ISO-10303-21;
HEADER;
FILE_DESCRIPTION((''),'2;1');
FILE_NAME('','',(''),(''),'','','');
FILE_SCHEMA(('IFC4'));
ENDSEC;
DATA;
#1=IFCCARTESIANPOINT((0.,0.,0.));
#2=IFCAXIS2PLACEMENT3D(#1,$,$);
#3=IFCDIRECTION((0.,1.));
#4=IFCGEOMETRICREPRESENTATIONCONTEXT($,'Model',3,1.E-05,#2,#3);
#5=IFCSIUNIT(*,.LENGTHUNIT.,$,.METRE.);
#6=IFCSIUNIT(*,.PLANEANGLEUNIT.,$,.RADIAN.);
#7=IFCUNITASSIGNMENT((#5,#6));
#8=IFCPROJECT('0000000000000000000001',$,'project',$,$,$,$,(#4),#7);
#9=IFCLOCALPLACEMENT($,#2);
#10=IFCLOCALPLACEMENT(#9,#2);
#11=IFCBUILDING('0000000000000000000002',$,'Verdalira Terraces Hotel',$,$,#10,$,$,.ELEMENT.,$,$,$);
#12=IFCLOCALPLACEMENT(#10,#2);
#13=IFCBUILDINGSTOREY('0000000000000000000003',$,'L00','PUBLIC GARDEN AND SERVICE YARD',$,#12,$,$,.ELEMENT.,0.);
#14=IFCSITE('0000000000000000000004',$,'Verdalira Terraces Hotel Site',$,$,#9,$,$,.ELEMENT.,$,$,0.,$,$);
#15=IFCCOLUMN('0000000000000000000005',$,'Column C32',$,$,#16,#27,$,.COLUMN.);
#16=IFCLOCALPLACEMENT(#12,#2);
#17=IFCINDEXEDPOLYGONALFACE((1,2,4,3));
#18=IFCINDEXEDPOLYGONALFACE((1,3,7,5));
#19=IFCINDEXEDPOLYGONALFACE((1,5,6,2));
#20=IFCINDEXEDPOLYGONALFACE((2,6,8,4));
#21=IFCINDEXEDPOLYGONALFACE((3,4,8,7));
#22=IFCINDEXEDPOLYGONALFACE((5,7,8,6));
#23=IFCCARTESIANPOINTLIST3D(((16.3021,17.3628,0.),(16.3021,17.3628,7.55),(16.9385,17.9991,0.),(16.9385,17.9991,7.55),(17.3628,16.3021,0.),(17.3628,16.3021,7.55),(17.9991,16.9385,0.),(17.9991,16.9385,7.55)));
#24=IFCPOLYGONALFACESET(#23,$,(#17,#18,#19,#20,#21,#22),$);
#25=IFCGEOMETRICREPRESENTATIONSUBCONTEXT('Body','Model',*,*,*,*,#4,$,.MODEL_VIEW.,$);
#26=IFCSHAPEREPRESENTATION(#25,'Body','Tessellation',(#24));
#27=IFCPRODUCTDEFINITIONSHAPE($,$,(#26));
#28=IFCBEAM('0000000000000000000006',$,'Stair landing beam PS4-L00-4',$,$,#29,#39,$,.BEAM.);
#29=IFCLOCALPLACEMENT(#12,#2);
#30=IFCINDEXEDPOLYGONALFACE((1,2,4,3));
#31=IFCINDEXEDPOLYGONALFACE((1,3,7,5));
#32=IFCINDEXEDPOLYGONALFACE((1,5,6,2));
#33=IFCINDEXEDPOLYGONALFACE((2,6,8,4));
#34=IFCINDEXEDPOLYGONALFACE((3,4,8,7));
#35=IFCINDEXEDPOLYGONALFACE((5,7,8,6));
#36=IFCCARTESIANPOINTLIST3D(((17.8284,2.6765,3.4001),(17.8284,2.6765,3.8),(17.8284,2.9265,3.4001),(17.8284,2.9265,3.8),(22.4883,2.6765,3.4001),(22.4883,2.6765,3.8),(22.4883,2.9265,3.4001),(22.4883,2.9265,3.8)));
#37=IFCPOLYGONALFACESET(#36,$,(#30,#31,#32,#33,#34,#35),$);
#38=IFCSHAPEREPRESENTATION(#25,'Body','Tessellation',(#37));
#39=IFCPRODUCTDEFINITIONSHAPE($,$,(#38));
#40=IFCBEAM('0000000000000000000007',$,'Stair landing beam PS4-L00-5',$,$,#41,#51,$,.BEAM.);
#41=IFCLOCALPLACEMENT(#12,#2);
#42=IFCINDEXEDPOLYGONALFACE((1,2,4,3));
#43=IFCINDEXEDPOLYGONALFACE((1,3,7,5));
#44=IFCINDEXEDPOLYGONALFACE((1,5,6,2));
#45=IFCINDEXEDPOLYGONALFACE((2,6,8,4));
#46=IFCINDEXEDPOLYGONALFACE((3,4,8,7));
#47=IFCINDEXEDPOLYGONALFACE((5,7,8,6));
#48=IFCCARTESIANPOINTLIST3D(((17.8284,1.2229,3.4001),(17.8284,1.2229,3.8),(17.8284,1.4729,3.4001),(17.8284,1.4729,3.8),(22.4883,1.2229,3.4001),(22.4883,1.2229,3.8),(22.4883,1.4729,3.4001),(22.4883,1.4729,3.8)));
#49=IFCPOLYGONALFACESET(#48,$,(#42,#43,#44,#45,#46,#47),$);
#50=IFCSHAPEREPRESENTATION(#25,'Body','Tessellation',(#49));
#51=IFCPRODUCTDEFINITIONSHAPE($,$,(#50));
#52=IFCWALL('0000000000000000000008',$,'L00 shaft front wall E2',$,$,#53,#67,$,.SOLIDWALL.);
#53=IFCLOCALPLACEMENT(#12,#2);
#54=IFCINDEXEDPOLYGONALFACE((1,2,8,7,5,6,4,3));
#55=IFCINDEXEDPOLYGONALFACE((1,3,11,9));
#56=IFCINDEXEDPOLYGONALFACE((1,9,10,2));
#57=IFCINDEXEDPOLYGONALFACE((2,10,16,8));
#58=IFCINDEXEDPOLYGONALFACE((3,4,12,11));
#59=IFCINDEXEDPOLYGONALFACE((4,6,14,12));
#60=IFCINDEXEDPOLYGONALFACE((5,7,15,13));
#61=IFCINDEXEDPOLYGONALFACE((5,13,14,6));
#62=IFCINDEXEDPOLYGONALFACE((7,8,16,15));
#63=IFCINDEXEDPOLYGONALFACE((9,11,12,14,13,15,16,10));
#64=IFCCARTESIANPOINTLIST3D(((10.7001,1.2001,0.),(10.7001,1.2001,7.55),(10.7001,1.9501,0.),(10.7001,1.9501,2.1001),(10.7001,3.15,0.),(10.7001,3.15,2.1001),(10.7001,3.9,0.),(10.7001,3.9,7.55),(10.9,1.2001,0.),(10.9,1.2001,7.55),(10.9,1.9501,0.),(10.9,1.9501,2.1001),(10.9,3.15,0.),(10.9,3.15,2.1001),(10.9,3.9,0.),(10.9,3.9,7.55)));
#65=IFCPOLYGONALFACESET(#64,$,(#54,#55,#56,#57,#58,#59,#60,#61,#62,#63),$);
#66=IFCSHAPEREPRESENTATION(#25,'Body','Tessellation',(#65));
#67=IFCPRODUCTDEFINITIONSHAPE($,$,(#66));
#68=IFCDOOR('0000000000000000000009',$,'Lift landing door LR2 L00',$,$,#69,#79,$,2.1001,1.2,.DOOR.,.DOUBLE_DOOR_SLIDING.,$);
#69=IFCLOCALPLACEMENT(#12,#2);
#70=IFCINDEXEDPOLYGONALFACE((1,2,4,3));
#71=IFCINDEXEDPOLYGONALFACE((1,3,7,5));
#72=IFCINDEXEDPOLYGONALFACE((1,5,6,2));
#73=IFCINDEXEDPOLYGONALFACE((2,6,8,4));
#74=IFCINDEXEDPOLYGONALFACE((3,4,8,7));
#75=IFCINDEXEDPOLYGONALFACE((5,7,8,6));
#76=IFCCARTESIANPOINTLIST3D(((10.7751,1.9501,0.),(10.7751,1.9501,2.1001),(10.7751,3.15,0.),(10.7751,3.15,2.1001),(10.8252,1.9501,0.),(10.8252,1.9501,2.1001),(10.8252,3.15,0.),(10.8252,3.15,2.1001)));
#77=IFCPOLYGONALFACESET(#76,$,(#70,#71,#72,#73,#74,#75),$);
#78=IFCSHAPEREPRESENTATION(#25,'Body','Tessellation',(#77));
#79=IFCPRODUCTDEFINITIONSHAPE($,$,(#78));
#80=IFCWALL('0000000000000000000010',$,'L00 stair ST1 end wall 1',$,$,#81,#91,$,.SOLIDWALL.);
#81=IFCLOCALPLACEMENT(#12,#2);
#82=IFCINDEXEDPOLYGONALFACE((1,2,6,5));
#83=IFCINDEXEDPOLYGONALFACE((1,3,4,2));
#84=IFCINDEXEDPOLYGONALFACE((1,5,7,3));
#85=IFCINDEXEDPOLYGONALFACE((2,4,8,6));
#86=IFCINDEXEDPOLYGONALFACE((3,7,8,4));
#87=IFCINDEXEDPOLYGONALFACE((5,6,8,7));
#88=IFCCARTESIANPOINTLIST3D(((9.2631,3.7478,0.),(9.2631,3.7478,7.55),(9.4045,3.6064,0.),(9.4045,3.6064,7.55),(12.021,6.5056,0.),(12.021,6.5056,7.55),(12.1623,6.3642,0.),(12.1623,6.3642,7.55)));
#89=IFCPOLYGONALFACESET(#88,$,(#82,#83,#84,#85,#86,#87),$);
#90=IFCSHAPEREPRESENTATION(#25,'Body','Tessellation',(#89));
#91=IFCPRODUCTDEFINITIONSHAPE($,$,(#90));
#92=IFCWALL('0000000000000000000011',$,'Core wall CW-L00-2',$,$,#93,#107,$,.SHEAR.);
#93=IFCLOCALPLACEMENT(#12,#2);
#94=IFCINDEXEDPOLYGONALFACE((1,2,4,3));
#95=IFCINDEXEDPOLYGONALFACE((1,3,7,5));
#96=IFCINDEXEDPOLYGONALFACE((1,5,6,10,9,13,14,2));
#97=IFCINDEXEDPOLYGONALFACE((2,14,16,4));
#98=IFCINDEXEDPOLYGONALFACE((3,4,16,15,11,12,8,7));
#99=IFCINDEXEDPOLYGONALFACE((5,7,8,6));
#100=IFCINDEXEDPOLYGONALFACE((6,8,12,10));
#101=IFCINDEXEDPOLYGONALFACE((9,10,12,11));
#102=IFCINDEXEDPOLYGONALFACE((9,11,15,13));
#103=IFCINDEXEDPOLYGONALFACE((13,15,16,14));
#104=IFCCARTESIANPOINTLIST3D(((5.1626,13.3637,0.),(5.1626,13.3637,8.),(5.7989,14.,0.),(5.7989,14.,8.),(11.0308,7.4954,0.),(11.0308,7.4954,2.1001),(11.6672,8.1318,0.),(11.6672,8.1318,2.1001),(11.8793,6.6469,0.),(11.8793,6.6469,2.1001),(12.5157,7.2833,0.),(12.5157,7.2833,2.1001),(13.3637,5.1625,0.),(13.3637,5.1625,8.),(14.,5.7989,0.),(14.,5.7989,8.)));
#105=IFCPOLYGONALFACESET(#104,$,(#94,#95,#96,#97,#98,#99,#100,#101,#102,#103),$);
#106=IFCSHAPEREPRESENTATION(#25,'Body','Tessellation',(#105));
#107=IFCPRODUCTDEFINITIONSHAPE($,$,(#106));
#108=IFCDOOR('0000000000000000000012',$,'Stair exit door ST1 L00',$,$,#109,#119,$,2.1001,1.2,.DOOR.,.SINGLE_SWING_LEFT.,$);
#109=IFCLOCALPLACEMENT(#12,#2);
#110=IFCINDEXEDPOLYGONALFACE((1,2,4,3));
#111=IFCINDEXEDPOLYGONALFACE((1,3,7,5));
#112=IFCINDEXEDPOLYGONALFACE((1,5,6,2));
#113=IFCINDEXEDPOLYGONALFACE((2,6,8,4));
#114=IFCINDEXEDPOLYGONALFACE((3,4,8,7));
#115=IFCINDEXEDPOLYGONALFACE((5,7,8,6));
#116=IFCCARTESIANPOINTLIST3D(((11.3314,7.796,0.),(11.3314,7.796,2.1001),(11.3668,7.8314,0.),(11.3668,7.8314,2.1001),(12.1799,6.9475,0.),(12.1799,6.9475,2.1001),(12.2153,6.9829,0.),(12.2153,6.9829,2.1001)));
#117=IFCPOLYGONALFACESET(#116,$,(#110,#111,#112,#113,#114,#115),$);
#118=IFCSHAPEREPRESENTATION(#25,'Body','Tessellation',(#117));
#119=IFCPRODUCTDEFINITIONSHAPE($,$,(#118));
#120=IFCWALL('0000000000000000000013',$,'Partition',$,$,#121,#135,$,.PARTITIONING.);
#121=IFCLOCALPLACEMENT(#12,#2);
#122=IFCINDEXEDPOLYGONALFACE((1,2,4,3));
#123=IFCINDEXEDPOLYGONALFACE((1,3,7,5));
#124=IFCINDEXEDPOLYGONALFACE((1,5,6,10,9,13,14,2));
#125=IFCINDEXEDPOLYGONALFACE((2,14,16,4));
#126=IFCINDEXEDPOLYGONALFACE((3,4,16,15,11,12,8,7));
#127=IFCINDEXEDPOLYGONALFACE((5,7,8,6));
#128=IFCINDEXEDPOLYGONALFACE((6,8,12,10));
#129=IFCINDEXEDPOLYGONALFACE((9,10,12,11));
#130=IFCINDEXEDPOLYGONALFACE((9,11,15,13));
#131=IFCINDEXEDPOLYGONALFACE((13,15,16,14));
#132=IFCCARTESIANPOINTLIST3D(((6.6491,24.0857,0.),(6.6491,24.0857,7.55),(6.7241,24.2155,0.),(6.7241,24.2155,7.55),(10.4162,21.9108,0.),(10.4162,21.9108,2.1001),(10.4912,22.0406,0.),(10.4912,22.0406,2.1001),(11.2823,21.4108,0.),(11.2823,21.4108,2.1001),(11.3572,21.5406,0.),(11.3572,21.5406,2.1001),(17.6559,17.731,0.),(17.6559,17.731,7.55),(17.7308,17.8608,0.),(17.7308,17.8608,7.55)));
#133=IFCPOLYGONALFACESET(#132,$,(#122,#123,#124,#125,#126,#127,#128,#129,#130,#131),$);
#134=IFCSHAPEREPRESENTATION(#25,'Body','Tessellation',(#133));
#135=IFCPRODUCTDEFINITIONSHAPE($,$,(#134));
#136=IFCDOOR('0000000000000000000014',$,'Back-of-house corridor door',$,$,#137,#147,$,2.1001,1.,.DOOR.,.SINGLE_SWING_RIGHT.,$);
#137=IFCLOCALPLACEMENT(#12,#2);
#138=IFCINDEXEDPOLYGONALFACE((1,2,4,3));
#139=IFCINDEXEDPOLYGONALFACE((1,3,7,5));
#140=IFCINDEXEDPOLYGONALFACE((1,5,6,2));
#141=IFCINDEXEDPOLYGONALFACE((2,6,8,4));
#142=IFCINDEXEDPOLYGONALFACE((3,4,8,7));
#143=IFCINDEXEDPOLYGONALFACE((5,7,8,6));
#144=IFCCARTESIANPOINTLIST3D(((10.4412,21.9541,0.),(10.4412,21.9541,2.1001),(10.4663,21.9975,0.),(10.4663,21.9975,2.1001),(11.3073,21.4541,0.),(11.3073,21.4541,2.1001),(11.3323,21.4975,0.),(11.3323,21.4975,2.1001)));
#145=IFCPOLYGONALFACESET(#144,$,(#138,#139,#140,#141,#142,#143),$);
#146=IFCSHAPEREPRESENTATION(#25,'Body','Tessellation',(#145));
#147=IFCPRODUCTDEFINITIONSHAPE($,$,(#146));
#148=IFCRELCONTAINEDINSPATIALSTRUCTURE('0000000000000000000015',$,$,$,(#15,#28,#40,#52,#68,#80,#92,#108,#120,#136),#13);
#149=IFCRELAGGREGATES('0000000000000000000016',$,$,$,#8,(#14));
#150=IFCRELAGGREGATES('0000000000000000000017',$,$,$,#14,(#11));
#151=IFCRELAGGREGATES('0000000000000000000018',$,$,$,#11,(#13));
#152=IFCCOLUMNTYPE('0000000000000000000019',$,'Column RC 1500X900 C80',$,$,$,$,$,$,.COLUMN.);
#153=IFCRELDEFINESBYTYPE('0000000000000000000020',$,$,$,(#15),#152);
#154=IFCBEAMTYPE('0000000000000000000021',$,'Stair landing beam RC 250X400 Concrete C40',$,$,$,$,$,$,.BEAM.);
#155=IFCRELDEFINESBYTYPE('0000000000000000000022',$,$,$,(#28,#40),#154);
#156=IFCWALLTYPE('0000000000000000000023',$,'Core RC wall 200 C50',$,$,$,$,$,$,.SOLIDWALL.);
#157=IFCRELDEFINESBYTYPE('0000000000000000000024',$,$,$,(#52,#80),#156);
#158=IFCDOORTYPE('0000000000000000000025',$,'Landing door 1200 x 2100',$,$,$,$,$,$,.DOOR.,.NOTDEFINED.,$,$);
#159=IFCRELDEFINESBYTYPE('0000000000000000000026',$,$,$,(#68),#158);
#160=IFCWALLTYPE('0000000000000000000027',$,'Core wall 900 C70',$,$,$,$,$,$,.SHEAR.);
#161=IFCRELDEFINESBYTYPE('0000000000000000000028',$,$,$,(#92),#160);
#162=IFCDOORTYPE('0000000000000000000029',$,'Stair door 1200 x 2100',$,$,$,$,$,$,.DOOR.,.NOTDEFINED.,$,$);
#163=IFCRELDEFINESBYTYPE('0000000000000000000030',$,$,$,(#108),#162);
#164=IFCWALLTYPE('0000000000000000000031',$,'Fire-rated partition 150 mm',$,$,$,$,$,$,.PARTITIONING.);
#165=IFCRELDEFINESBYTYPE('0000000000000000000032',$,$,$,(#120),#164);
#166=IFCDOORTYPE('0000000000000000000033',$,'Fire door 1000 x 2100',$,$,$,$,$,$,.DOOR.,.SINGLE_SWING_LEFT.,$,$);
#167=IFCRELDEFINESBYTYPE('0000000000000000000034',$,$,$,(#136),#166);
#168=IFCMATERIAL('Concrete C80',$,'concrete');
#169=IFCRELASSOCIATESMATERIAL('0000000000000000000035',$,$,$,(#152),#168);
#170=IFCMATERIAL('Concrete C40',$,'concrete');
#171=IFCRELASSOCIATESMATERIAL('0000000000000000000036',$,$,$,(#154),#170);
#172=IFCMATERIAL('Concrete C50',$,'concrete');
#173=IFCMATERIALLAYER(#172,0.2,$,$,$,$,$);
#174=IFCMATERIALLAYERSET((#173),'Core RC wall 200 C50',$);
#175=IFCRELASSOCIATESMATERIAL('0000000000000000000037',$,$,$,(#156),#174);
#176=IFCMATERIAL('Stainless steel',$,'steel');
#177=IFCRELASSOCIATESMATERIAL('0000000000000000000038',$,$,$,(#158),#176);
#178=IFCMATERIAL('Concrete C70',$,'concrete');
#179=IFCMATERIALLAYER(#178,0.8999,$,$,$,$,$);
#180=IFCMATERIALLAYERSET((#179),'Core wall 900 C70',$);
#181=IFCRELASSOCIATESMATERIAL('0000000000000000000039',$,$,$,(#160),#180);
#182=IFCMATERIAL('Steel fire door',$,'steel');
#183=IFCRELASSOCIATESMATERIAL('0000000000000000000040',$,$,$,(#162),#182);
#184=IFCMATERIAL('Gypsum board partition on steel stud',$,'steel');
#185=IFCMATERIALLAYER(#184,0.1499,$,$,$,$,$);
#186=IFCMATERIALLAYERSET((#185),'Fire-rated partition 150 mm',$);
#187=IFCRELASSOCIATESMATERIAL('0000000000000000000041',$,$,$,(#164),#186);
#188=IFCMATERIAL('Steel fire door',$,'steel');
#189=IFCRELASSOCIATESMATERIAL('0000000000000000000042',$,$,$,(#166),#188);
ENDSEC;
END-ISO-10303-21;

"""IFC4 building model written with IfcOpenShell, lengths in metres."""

from ifc_helpers import new_model, si_unit, direction, frame, frame_2d, origin, origin_2d, place, context, subcontext, project, spatial, rectangle, extrude, material, layer, layer_set, material_profile, profile_set, type_object, element, fill, save


model = new_model("IFC4")

# Units and contexts
model_context = context("Model", 3, precision=1e-05, world=origin(), true_north=direction((0.0, 1.0)))
body_context = subcontext(model_context, "Body", "Model", "MODEL_VIEW")
ifc_project = project(units=[si_unit("LENGTHUNIT", "METRE"), si_unit("PLANEANGLEUNIT", "RADIAN")], contexts=[model_context])

# Site, building, storey
site_placement = place(None, origin())
site = spatial("IfcSite", under=ifc_project, at=site_placement, Name="Verdalira Terraces Hotel Site", CompositionType="ELEMENT", RefElevation=0.0)
building_placement = place(site_placement, origin())
building = spatial("IfcBuilding", under=site, at=building_placement, Name="Verdalira Terraces Hotel", CompositionType="ELEMENT")
storey_placement = place(building_placement, origin())
storey = spatial("IfcBuildingStorey", under=building, at=storey_placement, Name="L00", Description="PUBLIC GARDEN AND SERVICE YARD", CompositionType="ELEMENT", Elevation=0.0)

# Column
ifc_material_1 = material(Name="Concrete C80", Category="concrete")
ifc_material_profile_1 = material_profile(ifc_material_1, rectangle(XDim=1.5, YDim=0.8999, at=origin_2d()), Name="RC 1500X900")
ifc_profile_set_1 = profile_set([ifc_material_profile_1], Name="Concrete C80")
column_type = type_object("IfcColumnType", Name="Column RC 1500X900 C80", PredefinedType="COLUMN", material=ifc_profile_set_1)
column_placement = place(storey_placement, frame((17.1506, 17.1506, 0.0), z_axis=(0.0, 0.0, 1.0), x_axis=(0.707107, -0.707107, 0.0)))
element("IfcColumn", 1, at=column_placement, inside=storey, type_object=column_type, Name="Column C32", PredefinedType="COLUMN", context=body_context, shape_type="SweptSolid", body=[
    extrude(rectangle(XDim=1.5, YDim=0.8999, at=origin_2d()), origin(), (0.0, 0.0, 1.0), 7.55),
])

# Beams
ifc_material_2 = material(Name="Concrete C40", Category="concrete")
ifc_material_profile_2 = material_profile(ifc_material_2, rectangle(XDim=0.25, YDim=0.3999, at=origin_2d()), Name="RC 250X400")
ifc_profile_set_2 = profile_set([ifc_material_profile_2], Name="Concrete C40")
beam_type = type_object("IfcBeamType", Name="Stair landing beam RC 250X400 Concrete C40", PredefinedType="BEAM", material=ifc_profile_set_2)
for number, where, z_axis, x_axis, name in (
    (2, (17.8284, 2.8015, 3.6001), (1.0, 0.0, 0.0), (0.0, 1.0, 0.0), "Stair landing beam PS4-L00-4"),
    (3, (17.8284, 1.3479, 3.6001), (1.0, 0.0, 0.0), (0.0, 1.0, 0.0), "Stair landing beam PS4-L00-5"),
):
    element("IfcBeam", number, at=place(storey_placement, frame(where, z_axis=z_axis, x_axis=x_axis)), inside=storey, type_object=beam_type, Name=name, PredefinedType="BEAM", context=body_context, shape_type="SweptSolid", body=[
        extrude(rectangle(XDim=0.25, YDim=0.3999, at=origin_2d()), origin(), (0.0, 0.0, 1.0), 4.6599),
    ])

# Wall, opening, door
ifc_material_3 = material(Name="Concrete C50", Category="concrete")
ifc_layer_1 = layer(ifc_material_3, 0.2)
ifc_layer_set_1 = layer_set([ifc_layer_1], Name="Core RC wall 200 C50")
wall_type_1 = type_object("IfcWallType", Name="Core RC wall 200 C50", PredefinedType="SOLIDWALL", material=ifc_layer_set_1)
wall_1_placement = place(storey_placement, frame((10.8, 1.2, 0.0), z_axis=(0.0, 0.0, 1.0), x_axis=(0.0, 1.0, 0.0)))
wall_1 = element("IfcWall", 4, at=wall_1_placement, inside=storey, type_object=wall_type_1, Name="L00 shaft front wall E2", PredefinedType="SOLIDWALL", context=body_context, shape_type="SweptSolid", body=[
    extrude(rectangle(XDim=2.7, YDim=0.2, at=frame_2d((1.3501, 0.0))), origin(), (0.0, 0.0, 1.0), 7.55),
])
opening_1_placement = place(wall_1_placement, frame((0.75, 0.0, 0.0)))
opening_1 = element("IfcOpeningElement", 5, at=opening_1_placement, cuts=wall_1, PredefinedType="OPENING", context=body_context, shape_type="SweptSolid", body=[
    extrude(rectangle(XDim=1.2, YDim=2.1001, at=frame_2d((0.6001, 1.05))), frame((0.0, 0.1099, 0.0), z_axis=(0.0, -1.0, 0.0), x_axis=(1.0, 0.0, 0.0)), (0.0, 0.0, 1.0), 0.22),
])
ifc_material_4 = material(Name="Stainless steel", Category="steel")
door_type_1 = type_object("IfcDoorType", Name="Landing door 1200 x 2100", OperationType="NOTDEFINED", PredefinedType="DOOR", material=ifc_material_4)
door_1_placement = place(opening_1_placement, origin())
door_1 = element("IfcDoor", 6, at=door_1_placement, inside=storey, type_object=door_type_1, Name="Lift landing door LR2 L00", OperationType="DOUBLE_DOOR_SLIDING", OverallHeight=2.1001, OverallWidth=1.2, PredefinedType="DOOR", context=body_context, shape_type="SweptSolid", body=[
    extrude(rectangle(XDim=1.2, YDim=2.1001, at=frame_2d((0.6001, 1.05))), frame((0.0, 0.0249, 0.0), z_axis=(0.0, -1.0, 0.0), x_axis=(1.0, 0.0, 0.0)), (0.0, 0.0, 1.0), 0.05),
])
fill(opening_1, door_1)

# Wall
wall_2_placement = place(storey_placement, frame((9.3337, 3.677, 0.0), z_axis=(0.0, 0.0, 1.0), x_axis=(0.707107, 0.707107, 0.0)))
element("IfcWall", 7, at=wall_2_placement, inside=storey, type_object=wall_type_1, Name="L00 stair ST1 end wall 1", PredefinedType="SOLIDWALL", context=body_context, shape_type="SweptSolid", body=[
    extrude(rectangle(XDim=3.9001, YDim=0.2, at=frame_2d((1.9502, 0.0))), origin(), (0.0, 0.0, 1.0), 7.55),
])

# Walls, openings, doors
ifc_material_5 = material(Name="Concrete C70", Category="concrete")
ifc_layer_2 = layer(ifc_material_5, 0.8999)
ifc_layer_set_2 = layer_set([ifc_layer_2], Name="Core wall 900 C70")
wall_type_2 = type_object("IfcWallType", Name="Core wall 900 C70", PredefinedType="SHEAR", material=ifc_layer_set_2)
wall_3_placement = place(storey_placement, frame((13.6819, 5.4807, 0.0), z_axis=(0.0, 0.0, 1.0), x_axis=(-0.707107, 0.707107, 0.0)))
wall_3 = element("IfcWall", 8, at=wall_3_placement, inside=storey, type_object=wall_type_2, Name="Core wall CW-L00-2", PredefinedType="SHEAR", context=body_context, shape_type="SweptSolid", body=[
    extrude(rectangle(XDim=11.5981, YDim=0.8999, at=frame_2d((5.7991, 0.0))), origin(), (0.0, 0.0, 1.0), 8.0),
])
opening_2_placement = place(wall_3_placement, frame((2.0991, 0.0, 0.0)))
opening_2 = element("IfcOpeningElement", 9, at=opening_2_placement, cuts=wall_3, PredefinedType="OPENING", context=body_context, shape_type="SweptSolid", body=[
    extrude(rectangle(XDim=1.2, YDim=2.1001, at=frame_2d((0.6001, 1.05))), frame((0.0, 0.46, 0.0), z_axis=(0.0, -1.0, 0.0), x_axis=(1.0, 0.0, 0.0)), (0.0, 0.0, 1.0), 0.9199),
])
ifc_material_6 = material(Name="Steel fire door", Category="steel")
door_type_2 = type_object("IfcDoorType", Name="Stair door 1200 x 2100", OperationType="NOTDEFINED", PredefinedType="DOOR", material=ifc_material_6)
door_2_placement = place(opening_2_placement, origin())
door_2 = element("IfcDoor", 10, at=door_2_placement, inside=storey, type_object=door_type_2, Name="Stair exit door ST1 L00", OperationType="SINGLE_SWING_LEFT", OverallHeight=2.1001, OverallWidth=1.2, PredefinedType="DOOR", context=body_context, shape_type="SweptSolid", body=[
    extrude(rectangle(XDim=1.2, YDim=2.1001, at=frame_2d((0.6001, 1.05))), frame((0.0, 0.0249, 0.0), z_axis=(0.0, -1.0, 0.0), x_axis=(1.0, 0.0, 0.0)), (0.0, 0.0, 1.0), 0.05),
])
fill(opening_2, door_2)
ifc_material_7 = material(Name="Gypsum board partition on steel stud", Category="steel")
ifc_layer_3 = layer(ifc_material_7, 0.1499)
ifc_layer_set_3 = layer_set([ifc_layer_3], Name="Fire-rated partition 150 mm")
wall_type_3 = type_object("IfcWallType", Name="Fire-rated partition 150 mm", PredefinedType="PARTITIONING", material=ifc_layer_set_3)
wall_4_placement = place(storey_placement, frame((17.6934, 17.7959, 0.0), z_axis=(0.0, 0.0, 1.0), x_axis=(-0.866028, 0.499996, 0.0)))
wall_4 = element("IfcWall", 11, at=wall_4_placement, inside=storey, type_object=wall_type_3, Name="Partition", PredefinedType="PARTITIONING", context=body_context, shape_type="SweptSolid", body=[
    extrude(rectangle(XDim=12.7095, YDim=0.1499, at=frame_2d((6.3547, 0.0))), origin(), (0.0, 0.0, 1.0), 7.55),
])
opening_3_placement = place(wall_4_placement, frame((7.3596, 0.0, 0.0)))
opening_3 = element("IfcOpeningElement", 12, at=opening_3_placement, cuts=wall_4, PredefinedType="OPENING", context=body_context, shape_type="SweptSolid", body=[
    extrude(rectangle(XDim=1.0, YDim=2.1001, at=frame_2d((0.5, 1.05))), frame((0.0, 0.085, 0.0), z_axis=(0.0, -1.0, 0.0), x_axis=(1.0, 0.0, 0.0)), (0.0, 0.0, 1.0), 0.1699),
])
ifc_material_8 = material(Name="Steel fire door", Category="steel")
door_type_3 = type_object("IfcDoorType", Name="Fire door 1000 x 2100", OperationType="SINGLE_SWING_LEFT", PredefinedType="DOOR", material=ifc_material_8)
door_3_placement = place(opening_3_placement, origin())
door_3 = element("IfcDoor", 13, at=door_3_placement, inside=storey, type_object=door_type_3, Name="Back-of-house corridor door", OperationType="SINGLE_SWING_RIGHT", OverallHeight=2.1001, OverallWidth=1.0, PredefinedType="DOOR", context=body_context, shape_type="SweptSolid", body=[
    extrude(rectangle(XDim=1.0, YDim=2.1001, at=frame_2d((0.5, 1.05))), frame((0.0, 0.0249, 0.0), z_axis=(0.0, -1.0, 0.0), x_axis=(1.0, 0.0, 0.0)), (0.0, 0.0, 1.0), 0.05),
])
fill(opening_3, door_3)

save(model, "model.ifc")
